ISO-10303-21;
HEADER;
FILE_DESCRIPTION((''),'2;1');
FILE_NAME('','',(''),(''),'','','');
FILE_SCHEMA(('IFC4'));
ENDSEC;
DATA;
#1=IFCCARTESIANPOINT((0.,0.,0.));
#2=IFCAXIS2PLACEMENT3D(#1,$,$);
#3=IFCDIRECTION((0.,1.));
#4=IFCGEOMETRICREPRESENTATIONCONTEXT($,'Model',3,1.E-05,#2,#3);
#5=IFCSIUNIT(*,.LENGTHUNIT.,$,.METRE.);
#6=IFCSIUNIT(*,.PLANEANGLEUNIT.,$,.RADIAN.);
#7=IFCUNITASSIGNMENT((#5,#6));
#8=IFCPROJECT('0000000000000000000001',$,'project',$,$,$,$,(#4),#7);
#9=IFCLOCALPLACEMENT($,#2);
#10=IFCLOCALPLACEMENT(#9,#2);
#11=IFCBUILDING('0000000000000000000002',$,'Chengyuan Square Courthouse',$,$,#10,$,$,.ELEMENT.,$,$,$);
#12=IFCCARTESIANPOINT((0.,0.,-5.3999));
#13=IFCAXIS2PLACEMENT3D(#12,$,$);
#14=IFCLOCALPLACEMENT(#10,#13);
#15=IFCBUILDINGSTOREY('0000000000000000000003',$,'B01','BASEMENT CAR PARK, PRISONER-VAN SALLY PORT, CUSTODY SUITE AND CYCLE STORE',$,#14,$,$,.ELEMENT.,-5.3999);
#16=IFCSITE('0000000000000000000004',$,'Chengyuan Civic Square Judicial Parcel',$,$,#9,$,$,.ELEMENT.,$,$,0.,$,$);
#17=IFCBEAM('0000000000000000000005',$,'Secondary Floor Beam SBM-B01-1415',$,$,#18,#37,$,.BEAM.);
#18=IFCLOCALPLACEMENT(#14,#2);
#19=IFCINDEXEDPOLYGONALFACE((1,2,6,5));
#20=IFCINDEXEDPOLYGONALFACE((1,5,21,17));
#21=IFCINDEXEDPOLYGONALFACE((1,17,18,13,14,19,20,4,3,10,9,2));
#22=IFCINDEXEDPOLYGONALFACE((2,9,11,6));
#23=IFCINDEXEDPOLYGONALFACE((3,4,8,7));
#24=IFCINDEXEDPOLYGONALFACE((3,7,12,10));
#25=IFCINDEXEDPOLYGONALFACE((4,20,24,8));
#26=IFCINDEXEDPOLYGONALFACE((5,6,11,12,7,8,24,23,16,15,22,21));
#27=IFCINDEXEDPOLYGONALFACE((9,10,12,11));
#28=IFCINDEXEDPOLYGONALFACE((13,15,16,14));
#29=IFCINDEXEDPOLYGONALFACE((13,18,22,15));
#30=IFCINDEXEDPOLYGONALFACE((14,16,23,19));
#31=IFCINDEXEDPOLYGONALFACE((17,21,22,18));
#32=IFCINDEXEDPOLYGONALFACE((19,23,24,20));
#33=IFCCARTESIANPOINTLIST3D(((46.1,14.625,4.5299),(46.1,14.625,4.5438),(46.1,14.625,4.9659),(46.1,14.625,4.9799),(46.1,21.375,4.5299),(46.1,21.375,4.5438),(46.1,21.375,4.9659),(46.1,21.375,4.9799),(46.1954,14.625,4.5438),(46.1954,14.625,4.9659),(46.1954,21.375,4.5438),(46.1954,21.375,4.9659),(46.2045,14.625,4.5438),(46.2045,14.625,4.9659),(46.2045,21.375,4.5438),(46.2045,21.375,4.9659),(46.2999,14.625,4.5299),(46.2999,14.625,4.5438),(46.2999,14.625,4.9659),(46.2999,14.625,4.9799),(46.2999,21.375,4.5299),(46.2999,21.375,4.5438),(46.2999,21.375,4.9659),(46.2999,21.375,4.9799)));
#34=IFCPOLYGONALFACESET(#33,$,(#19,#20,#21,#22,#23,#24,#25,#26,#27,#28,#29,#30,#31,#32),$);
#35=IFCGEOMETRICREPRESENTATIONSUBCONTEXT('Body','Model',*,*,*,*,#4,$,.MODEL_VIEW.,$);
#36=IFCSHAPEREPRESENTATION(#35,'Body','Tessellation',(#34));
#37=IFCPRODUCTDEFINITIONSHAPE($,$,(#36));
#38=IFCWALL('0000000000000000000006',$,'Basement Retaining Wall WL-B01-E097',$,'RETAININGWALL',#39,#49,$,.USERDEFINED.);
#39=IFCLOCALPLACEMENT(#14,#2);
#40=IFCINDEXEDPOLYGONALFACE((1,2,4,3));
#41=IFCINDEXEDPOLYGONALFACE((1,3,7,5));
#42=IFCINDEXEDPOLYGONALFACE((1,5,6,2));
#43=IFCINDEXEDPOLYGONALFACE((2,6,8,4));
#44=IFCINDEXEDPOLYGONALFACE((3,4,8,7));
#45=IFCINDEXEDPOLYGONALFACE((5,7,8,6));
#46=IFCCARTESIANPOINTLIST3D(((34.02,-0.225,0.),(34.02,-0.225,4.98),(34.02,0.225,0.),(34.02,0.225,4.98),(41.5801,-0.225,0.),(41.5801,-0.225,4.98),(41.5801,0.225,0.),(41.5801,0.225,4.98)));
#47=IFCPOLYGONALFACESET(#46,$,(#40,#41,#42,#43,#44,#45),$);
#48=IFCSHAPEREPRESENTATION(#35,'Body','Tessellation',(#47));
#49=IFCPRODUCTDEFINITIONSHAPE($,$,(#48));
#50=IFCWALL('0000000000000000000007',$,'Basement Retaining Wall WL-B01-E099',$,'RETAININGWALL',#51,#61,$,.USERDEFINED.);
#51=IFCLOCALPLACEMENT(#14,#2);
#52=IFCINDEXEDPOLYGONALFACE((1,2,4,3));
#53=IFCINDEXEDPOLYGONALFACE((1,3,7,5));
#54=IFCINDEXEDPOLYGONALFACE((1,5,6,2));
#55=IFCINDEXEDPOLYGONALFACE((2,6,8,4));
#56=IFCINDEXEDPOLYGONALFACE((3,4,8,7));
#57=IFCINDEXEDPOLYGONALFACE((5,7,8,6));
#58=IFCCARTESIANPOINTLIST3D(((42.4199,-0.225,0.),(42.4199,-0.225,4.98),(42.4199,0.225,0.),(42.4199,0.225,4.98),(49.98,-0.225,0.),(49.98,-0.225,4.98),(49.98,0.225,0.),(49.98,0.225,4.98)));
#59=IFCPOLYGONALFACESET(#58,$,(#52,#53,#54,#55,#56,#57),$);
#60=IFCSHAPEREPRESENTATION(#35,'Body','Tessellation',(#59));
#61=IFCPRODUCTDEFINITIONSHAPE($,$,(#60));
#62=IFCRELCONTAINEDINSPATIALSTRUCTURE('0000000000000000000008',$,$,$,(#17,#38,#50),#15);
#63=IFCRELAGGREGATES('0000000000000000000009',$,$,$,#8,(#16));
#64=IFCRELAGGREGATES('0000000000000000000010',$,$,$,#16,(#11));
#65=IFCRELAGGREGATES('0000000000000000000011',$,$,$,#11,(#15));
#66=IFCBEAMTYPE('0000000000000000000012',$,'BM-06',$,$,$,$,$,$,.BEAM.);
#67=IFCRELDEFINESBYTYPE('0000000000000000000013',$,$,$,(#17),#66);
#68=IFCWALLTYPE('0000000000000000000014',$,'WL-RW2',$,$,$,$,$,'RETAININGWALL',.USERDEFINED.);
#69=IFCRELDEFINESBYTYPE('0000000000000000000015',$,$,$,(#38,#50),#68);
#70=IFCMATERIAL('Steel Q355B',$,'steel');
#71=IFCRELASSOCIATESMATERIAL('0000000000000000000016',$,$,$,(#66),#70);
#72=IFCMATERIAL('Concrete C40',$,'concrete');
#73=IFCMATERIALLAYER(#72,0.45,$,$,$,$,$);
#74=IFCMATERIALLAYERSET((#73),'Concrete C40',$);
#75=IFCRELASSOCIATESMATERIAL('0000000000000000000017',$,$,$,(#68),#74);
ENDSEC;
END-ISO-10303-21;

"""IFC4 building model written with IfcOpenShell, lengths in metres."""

from ifc_helpers import new_model, si_unit, direction, frame, frame_2d, origin, origin_2d, place, context, subcontext, project, spatial, rectangle, i_section, extrude, material, layer, layer_set, material_profile, profile_set, type_object, element, save


model = new_model("IFC4")

# Units and contexts
model_context = context("Model", 3, precision=1e-05, world=origin(), true_north=direction((0.0, 1.0)))
body_context = subcontext(model_context, "Body", "Model", "MODEL_VIEW")
ifc_project = project(units=[si_unit("LENGTHUNIT", "METRE"), si_unit("PLANEANGLEUNIT", "RADIAN")], contexts=[model_context])

# Site, building, storey
site_placement = place(None, origin())
site = spatial("IfcSite", under=ifc_project, at=site_placement, Name="Chengyuan Civic Square Judicial Parcel", CompositionType="ELEMENT", RefElevation=0.0)
building_placement = place(site_placement, origin())
building = spatial("IfcBuilding", under=site, at=building_placement, Name="Chengyuan Square Courthouse", CompositionType="ELEMENT")
storey_placement = place(building_placement, frame((0.0, 0.0, -5.3999)))
storey = spatial("IfcBuildingStorey", under=building, at=storey_placement, Name="B01", Description="BASEMENT CAR PARK, PRISONER-VAN SALLY PORT, CUSTODY SUITE AND CYCLE STORE", CompositionType="ELEMENT", Elevation=-5.3999)

# Beam
ifc_material_1 = material(Name="Concrete C40", Category="concrete")
ifc_material_2 = material(Name="Steel Q355B", Category="steel")
ifc_material_profile_1 = material_profile(ifc_material_2, i_section(OverallWidth=0.2, OverallDepth=0.45, WebThickness=0.009, FlangeThickness=0.0139, at=origin_2d()), Name="HN 450x200x9x14")
ifc_profile_set_1 = profile_set([ifc_material_profile_1], Name="Steel Q355B")
beam_type_1 = type_object("IfcBeamType", Name="BM-06", PredefinedType="BEAM", material=ifc_profile_set_1)
beam_1_placement = place(storey_placement, frame((46.2, 14.625, 4.7549), z_axis=(0.0, 1.0, 0.0), x_axis=(-1.0, 0.0, 0.0)))
element("IfcBeam", 1, at=beam_1_placement, inside=storey, type_object=beam_type_1, Name="Secondary Floor Beam SBM-B01-1415", PredefinedType="BEAM", context=body_context, shape_type="SweptSolid", body=[
    extrude(i_section(OverallWidth=0.2, OverallDepth=0.45, WebThickness=0.009, FlangeThickness=0.0139, at=origin_2d()), origin(), (0.0, 0.0, 1.0), 6.75),
])

# Walls
ifc_layer = layer(ifc_material_1, 0.45)
ifc_layer_set = layer_set([ifc_layer], Name="Concrete C40")
wall_type = type_object("IfcWallType", Name="WL-RW2", ElementType="RETAININGWALL", PredefinedType="USERDEFINED", material=ifc_layer_set)
for number, where, z_axis, x_axis, name in (
    (2, (34.02, 0.0, 0.0), (0.0, 0.0, 1.0), (1.0, 0.0, 0.0), "Basement Retaining Wall WL-B01-E097"),
    (3, (42.4199, 0.0, 0.0), (0.0, 0.0, 1.0), (1.0, 0.0, 0.0), "Basement Retaining Wall WL-B01-E099"),
):
    element("IfcWall", number, at=place(storey_placement, frame(where, z_axis=z_axis, x_axis=x_axis)), inside=storey, type_object=wall_type, Name=name, ObjectType="RETAININGWALL", PredefinedType="USERDEFINED", context=body_context, shape_type="SweptSolid", body=[
        extrude(rectangle(XDim=7.5601, YDim=0.45, at=frame_2d((3.78, 0.0))), origin(), (0.0, 0.0, 1.0), 4.98),
    ])

save(model, "model.ifc")
